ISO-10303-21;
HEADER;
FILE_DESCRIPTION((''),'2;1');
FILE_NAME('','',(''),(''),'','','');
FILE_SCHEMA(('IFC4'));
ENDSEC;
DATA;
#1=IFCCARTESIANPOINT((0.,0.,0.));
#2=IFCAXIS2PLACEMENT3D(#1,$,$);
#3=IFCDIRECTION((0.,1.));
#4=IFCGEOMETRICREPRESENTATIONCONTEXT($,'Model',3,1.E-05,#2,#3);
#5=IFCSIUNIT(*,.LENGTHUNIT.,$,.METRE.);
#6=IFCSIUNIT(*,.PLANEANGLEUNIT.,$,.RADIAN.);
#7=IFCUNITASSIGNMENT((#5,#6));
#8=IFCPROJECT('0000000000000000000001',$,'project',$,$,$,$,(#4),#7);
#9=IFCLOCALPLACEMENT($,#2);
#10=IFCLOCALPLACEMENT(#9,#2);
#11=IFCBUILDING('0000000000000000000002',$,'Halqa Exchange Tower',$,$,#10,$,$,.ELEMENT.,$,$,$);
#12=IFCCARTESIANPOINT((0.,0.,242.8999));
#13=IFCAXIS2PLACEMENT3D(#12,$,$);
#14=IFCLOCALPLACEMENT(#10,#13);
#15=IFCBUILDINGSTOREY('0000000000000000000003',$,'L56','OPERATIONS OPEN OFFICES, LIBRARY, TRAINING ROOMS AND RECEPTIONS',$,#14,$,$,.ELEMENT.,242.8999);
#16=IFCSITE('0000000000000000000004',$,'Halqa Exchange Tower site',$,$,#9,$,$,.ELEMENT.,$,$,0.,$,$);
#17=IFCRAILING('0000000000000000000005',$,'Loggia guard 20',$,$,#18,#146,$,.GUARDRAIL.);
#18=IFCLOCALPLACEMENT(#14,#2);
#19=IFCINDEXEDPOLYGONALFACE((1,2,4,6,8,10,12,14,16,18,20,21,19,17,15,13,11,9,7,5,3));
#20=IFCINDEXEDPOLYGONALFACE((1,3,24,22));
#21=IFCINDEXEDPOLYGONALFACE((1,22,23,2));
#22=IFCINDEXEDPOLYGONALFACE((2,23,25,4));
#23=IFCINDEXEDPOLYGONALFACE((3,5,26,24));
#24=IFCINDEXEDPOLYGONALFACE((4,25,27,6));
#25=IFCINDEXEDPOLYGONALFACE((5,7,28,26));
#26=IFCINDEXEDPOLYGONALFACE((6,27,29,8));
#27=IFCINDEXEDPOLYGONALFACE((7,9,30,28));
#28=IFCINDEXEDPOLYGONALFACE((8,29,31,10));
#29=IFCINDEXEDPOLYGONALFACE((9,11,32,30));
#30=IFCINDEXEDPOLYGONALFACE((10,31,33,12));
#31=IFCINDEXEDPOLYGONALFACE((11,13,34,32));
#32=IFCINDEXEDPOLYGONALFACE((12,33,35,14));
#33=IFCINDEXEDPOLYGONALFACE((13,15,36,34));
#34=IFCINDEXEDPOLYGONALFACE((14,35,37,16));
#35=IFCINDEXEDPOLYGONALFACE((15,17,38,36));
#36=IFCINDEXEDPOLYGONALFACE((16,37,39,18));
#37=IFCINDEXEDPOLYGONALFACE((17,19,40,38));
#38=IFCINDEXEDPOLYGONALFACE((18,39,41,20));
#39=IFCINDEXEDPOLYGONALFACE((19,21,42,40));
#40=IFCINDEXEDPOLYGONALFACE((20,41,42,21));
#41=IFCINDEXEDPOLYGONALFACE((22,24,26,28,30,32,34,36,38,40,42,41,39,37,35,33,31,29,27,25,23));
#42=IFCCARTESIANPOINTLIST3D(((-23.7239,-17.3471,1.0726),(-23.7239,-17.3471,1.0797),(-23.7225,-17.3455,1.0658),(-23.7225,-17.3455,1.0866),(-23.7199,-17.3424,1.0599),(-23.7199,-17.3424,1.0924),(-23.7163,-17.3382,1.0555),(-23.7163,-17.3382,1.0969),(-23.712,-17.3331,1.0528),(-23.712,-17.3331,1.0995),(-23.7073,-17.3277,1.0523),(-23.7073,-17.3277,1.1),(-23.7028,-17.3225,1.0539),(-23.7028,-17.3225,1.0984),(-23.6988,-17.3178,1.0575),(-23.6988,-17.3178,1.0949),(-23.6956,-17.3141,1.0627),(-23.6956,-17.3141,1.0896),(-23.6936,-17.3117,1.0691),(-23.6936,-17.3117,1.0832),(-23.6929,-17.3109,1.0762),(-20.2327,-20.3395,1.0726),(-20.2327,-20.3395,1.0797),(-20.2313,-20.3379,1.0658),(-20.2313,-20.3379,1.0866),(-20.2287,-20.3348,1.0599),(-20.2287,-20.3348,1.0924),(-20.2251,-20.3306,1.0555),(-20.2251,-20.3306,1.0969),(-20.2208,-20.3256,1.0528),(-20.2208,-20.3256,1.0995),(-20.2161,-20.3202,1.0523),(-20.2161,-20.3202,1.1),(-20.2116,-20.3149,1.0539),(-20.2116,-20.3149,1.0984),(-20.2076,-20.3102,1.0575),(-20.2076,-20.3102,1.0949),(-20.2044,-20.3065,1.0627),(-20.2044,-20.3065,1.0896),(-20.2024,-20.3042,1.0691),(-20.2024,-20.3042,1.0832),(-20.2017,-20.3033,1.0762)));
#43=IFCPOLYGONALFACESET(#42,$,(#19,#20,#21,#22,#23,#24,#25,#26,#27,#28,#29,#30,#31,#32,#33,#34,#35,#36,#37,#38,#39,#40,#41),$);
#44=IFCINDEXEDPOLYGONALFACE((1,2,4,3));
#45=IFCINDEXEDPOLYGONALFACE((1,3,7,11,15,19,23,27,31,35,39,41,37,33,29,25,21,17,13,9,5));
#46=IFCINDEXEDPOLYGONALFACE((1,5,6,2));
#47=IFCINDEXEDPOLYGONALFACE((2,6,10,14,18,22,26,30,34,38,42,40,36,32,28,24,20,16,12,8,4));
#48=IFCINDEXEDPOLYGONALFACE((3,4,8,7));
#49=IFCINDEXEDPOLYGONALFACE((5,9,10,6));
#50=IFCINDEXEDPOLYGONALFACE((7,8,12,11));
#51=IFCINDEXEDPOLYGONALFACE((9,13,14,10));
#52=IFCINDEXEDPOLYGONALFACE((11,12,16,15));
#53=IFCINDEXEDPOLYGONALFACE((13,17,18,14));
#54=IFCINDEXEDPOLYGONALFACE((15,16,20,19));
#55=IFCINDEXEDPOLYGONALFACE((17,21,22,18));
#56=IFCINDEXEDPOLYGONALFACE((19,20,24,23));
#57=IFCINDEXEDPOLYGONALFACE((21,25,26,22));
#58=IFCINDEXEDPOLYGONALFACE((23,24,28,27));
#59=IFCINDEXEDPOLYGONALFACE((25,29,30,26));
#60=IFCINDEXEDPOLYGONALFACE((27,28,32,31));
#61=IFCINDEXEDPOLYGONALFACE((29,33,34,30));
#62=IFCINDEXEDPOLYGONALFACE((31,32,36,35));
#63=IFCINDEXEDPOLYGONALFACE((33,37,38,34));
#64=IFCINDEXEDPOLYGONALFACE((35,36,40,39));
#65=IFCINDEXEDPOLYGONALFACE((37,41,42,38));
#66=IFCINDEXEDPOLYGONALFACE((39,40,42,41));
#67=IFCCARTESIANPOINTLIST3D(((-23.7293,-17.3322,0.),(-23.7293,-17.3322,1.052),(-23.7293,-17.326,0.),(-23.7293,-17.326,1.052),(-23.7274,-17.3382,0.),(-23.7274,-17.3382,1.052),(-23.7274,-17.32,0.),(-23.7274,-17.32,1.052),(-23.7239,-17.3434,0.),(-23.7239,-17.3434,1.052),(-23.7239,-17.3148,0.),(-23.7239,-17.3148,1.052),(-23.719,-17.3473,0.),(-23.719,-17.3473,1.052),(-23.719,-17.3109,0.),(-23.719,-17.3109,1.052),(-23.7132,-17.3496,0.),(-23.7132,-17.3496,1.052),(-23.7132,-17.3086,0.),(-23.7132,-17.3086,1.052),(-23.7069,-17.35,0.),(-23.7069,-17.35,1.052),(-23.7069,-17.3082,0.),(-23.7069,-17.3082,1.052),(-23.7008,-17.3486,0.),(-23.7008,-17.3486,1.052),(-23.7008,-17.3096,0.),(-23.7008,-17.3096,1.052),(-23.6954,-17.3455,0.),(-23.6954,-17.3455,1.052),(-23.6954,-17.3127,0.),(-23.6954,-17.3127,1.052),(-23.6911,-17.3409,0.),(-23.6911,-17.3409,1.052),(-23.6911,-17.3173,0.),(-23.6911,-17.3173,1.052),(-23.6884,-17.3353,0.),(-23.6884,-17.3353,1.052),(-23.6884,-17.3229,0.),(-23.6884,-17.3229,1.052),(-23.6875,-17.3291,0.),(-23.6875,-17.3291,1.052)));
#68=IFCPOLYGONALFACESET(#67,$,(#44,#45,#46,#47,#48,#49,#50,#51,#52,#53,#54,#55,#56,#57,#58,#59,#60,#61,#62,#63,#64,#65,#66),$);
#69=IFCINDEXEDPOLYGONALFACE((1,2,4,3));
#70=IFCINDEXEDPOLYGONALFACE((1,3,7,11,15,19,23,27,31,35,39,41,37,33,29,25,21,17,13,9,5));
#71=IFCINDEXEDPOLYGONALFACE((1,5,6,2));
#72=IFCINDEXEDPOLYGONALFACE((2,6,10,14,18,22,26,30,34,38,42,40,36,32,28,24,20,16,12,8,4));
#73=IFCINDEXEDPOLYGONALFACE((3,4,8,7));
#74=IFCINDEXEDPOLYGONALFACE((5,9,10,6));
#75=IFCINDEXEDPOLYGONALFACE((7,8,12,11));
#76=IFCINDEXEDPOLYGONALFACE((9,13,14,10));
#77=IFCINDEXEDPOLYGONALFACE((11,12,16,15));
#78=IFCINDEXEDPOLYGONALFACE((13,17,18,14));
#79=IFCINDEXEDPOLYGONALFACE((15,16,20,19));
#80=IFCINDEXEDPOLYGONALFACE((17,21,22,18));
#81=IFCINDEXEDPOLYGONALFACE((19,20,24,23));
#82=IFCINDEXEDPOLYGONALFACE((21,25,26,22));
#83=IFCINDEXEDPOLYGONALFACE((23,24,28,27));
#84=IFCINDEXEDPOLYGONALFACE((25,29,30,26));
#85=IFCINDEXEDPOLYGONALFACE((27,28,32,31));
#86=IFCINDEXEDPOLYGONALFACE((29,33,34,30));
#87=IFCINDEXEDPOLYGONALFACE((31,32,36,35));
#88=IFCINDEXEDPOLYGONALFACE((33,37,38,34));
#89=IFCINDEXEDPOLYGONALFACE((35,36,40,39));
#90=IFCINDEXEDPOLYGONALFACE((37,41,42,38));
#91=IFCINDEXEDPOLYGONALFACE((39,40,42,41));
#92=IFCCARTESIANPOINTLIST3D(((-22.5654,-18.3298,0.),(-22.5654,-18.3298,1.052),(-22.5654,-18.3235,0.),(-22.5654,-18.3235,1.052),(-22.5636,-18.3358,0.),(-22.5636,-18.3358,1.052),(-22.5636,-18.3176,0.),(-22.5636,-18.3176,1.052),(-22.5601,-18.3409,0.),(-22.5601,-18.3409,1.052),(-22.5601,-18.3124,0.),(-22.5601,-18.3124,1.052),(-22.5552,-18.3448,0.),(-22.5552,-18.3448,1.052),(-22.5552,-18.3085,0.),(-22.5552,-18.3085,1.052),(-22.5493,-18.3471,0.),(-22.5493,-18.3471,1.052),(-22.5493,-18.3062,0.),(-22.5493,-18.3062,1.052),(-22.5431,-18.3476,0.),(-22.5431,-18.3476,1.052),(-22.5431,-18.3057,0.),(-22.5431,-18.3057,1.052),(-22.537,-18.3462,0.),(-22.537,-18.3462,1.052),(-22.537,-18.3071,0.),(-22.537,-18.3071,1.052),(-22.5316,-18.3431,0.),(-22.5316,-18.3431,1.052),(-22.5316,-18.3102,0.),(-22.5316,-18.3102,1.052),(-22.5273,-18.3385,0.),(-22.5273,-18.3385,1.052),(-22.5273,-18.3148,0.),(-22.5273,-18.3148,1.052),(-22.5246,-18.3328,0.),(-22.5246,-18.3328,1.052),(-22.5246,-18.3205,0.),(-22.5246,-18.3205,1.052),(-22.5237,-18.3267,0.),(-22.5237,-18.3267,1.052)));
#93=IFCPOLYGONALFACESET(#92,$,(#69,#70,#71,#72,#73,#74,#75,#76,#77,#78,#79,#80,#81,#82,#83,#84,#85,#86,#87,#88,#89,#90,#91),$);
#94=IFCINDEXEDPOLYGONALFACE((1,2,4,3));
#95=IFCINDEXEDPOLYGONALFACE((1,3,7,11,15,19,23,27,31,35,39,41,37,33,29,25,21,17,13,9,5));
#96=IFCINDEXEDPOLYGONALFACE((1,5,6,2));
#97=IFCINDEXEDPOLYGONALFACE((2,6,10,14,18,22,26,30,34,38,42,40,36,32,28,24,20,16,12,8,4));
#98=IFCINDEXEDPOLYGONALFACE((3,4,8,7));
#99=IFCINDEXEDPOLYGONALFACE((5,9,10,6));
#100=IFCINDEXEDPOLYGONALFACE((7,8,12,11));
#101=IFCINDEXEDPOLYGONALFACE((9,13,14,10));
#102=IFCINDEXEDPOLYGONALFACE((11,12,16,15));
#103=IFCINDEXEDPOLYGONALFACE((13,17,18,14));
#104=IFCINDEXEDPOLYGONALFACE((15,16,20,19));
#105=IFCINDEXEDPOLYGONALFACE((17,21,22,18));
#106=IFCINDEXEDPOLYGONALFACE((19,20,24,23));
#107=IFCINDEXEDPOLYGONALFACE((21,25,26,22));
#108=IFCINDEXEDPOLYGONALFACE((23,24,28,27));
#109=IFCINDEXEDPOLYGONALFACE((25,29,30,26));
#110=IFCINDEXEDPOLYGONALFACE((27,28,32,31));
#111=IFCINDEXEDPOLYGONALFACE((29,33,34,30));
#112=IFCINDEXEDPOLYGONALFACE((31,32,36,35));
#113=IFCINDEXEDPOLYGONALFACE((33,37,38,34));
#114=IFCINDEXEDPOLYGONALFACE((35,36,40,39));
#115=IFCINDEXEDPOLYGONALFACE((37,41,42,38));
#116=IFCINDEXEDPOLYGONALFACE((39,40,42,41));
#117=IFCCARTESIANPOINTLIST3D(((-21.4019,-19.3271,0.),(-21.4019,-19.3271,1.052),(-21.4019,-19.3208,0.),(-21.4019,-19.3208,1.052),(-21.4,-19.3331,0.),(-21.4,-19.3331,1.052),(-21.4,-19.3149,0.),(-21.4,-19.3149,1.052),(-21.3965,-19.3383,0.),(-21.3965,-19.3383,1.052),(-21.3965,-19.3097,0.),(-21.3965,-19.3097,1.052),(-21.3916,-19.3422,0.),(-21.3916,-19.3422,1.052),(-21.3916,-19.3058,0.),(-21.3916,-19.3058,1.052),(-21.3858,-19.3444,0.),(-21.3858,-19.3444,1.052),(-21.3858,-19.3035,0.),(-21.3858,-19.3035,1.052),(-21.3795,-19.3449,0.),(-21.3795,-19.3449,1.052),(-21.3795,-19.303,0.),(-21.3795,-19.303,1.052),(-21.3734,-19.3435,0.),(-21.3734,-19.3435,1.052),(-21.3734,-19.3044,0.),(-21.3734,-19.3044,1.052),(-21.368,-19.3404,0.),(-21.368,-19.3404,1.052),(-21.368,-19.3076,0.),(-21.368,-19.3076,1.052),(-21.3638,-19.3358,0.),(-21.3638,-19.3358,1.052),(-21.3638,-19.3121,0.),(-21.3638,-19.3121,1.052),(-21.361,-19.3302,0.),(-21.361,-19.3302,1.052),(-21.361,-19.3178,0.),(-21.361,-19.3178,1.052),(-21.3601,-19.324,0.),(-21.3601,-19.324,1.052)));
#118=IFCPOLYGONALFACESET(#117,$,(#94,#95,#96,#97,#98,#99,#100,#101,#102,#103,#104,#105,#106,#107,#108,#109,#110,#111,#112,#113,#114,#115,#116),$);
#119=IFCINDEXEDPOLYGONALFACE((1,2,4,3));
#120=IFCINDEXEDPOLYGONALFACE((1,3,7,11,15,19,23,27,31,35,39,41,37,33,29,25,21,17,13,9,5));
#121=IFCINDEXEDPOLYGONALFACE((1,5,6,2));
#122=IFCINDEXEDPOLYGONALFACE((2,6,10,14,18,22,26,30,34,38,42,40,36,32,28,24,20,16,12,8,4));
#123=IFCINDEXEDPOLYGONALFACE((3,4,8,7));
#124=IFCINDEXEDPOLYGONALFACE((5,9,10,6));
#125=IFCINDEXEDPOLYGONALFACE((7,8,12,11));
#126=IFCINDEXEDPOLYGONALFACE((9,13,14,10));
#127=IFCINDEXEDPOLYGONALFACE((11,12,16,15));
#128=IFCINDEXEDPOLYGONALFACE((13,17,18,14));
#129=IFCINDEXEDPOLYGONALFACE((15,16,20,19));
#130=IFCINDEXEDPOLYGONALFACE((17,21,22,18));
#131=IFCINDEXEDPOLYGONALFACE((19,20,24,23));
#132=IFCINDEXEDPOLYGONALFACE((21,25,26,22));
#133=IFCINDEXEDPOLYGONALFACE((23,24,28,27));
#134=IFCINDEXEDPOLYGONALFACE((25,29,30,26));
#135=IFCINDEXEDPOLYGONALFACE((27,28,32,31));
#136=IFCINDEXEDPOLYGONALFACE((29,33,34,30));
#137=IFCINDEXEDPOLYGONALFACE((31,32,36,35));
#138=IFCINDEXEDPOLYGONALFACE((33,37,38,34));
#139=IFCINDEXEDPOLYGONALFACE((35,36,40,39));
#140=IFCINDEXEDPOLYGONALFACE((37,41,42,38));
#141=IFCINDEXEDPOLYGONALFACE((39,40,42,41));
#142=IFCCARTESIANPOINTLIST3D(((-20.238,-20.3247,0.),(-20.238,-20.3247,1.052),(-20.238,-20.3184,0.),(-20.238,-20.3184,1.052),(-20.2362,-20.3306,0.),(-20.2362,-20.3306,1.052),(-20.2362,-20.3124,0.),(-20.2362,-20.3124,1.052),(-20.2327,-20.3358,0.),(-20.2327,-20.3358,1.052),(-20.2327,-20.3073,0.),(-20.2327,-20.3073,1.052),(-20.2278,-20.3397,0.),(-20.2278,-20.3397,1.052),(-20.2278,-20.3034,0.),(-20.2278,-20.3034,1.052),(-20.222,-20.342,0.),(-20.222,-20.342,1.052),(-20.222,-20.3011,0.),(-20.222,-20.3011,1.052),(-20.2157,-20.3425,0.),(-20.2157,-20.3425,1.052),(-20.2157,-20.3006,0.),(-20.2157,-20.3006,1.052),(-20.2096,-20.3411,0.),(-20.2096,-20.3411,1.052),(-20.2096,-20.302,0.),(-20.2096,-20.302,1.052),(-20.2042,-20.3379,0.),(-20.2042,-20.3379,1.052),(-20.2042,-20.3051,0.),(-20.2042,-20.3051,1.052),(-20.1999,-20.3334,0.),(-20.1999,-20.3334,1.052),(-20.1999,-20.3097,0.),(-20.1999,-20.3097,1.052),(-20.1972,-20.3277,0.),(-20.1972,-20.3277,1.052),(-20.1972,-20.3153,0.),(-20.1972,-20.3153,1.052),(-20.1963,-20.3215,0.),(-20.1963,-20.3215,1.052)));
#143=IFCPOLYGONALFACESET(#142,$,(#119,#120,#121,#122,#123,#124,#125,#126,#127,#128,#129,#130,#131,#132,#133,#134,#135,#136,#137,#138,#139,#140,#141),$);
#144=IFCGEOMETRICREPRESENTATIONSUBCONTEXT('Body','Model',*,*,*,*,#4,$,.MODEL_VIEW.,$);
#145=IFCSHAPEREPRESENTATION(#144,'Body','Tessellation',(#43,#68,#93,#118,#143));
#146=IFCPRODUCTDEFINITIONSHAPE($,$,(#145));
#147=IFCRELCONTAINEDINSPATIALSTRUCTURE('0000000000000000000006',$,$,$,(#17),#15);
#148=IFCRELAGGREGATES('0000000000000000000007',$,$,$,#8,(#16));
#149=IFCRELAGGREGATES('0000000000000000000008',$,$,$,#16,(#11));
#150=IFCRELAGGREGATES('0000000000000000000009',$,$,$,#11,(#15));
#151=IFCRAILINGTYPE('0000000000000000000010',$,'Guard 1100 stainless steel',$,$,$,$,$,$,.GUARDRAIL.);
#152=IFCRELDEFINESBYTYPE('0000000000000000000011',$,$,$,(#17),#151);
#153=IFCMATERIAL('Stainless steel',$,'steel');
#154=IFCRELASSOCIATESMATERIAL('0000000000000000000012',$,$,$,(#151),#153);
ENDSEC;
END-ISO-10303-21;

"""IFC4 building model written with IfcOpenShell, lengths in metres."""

from ifc_helpers import new_model, si_unit, direction, frame, origin, origin_2d, place, context, subcontext, project, spatial, circle, extrude, material, type_object, element, save


model = new_model("IFC4")

# Units and contexts
model_context = context("Model", 3, precision=1e-05, world=origin(), true_north=direction((0.0, 1.0)))
body_context = subcontext(model_context, "Body", "Model", "MODEL_VIEW")
ifc_project = project(units=[si_unit("LENGTHUNIT", "METRE"), si_unit("PLANEANGLEUNIT", "RADIAN")], contexts=[model_context])

# Site, building, storey
site_placement = place(None, origin())
site = spatial("IfcSite", under=ifc_project, at=site_placement, Name="Halqa Exchange Tower site", CompositionType="ELEMENT", RefElevation=0.0)
building_placement = place(site_placement, origin())
building = spatial("IfcBuilding", under=site, at=building_placement, Name="Halqa Exchange Tower", CompositionType="ELEMENT")
storey_placement = place(building_placement, frame((0.0, 0.0, 242.8999)))
storey = spatial("IfcBuildingStorey", under=building, at=storey_placement, Name="L56", Description="OPERATIONS OPEN OFFICES, LIBRARY, TRAINING ROOMS AND RECEPTIONS", CompositionType="ELEMENT", Elevation=242.8999)

# Railing
ifc_material_1 = material(Name="Stainless steel", Category="steel")
railing_type = type_object("IfcRailingType", Name="Guard 1100 stainless steel", PredefinedType="GUARDRAIL", material=ifc_material_1)
railing_1_placement = place(storey_placement, frame((-23.7085, -17.3291, 0.0)))
element("IfcRailing", 1, at=railing_1_placement, inside=storey, type_object=railing_type, Name="Loggia guard 20", PredefinedType="GUARDRAIL", context=body_context, shape_type="SweptSolid", body=[
    extrude(circle(Radius=0.0239, at=origin_2d()), frame((0.0, 0.0, 1.0762), z_axis=(0.75926, -0.650787, 0.0), x_axis=(0.650787, 0.75926, 0.0)), (0.0, 0.0, 1.0), 4.5981),
    extrude(circle(Radius=0.021, at=origin_2d()), origin(), (0.0, 0.0, 1.0), 1.052),
    extrude(circle(Radius=0.021, at=origin_2d()), frame((1.1638, -0.9976, 0.0)), (0.0, 0.0, 1.0), 1.052),
    extrude(circle(Radius=0.021, at=origin_2d()), frame((2.3274, -1.9949, 0.0)), (0.0, 0.0, 1.0), 1.052),
    extrude(circle(Radius=0.021, at=origin_2d()), frame((3.4912, -2.9924, 0.0)), (0.0, 0.0, 1.0), 1.052),
])

save(model, "model.ifc")
